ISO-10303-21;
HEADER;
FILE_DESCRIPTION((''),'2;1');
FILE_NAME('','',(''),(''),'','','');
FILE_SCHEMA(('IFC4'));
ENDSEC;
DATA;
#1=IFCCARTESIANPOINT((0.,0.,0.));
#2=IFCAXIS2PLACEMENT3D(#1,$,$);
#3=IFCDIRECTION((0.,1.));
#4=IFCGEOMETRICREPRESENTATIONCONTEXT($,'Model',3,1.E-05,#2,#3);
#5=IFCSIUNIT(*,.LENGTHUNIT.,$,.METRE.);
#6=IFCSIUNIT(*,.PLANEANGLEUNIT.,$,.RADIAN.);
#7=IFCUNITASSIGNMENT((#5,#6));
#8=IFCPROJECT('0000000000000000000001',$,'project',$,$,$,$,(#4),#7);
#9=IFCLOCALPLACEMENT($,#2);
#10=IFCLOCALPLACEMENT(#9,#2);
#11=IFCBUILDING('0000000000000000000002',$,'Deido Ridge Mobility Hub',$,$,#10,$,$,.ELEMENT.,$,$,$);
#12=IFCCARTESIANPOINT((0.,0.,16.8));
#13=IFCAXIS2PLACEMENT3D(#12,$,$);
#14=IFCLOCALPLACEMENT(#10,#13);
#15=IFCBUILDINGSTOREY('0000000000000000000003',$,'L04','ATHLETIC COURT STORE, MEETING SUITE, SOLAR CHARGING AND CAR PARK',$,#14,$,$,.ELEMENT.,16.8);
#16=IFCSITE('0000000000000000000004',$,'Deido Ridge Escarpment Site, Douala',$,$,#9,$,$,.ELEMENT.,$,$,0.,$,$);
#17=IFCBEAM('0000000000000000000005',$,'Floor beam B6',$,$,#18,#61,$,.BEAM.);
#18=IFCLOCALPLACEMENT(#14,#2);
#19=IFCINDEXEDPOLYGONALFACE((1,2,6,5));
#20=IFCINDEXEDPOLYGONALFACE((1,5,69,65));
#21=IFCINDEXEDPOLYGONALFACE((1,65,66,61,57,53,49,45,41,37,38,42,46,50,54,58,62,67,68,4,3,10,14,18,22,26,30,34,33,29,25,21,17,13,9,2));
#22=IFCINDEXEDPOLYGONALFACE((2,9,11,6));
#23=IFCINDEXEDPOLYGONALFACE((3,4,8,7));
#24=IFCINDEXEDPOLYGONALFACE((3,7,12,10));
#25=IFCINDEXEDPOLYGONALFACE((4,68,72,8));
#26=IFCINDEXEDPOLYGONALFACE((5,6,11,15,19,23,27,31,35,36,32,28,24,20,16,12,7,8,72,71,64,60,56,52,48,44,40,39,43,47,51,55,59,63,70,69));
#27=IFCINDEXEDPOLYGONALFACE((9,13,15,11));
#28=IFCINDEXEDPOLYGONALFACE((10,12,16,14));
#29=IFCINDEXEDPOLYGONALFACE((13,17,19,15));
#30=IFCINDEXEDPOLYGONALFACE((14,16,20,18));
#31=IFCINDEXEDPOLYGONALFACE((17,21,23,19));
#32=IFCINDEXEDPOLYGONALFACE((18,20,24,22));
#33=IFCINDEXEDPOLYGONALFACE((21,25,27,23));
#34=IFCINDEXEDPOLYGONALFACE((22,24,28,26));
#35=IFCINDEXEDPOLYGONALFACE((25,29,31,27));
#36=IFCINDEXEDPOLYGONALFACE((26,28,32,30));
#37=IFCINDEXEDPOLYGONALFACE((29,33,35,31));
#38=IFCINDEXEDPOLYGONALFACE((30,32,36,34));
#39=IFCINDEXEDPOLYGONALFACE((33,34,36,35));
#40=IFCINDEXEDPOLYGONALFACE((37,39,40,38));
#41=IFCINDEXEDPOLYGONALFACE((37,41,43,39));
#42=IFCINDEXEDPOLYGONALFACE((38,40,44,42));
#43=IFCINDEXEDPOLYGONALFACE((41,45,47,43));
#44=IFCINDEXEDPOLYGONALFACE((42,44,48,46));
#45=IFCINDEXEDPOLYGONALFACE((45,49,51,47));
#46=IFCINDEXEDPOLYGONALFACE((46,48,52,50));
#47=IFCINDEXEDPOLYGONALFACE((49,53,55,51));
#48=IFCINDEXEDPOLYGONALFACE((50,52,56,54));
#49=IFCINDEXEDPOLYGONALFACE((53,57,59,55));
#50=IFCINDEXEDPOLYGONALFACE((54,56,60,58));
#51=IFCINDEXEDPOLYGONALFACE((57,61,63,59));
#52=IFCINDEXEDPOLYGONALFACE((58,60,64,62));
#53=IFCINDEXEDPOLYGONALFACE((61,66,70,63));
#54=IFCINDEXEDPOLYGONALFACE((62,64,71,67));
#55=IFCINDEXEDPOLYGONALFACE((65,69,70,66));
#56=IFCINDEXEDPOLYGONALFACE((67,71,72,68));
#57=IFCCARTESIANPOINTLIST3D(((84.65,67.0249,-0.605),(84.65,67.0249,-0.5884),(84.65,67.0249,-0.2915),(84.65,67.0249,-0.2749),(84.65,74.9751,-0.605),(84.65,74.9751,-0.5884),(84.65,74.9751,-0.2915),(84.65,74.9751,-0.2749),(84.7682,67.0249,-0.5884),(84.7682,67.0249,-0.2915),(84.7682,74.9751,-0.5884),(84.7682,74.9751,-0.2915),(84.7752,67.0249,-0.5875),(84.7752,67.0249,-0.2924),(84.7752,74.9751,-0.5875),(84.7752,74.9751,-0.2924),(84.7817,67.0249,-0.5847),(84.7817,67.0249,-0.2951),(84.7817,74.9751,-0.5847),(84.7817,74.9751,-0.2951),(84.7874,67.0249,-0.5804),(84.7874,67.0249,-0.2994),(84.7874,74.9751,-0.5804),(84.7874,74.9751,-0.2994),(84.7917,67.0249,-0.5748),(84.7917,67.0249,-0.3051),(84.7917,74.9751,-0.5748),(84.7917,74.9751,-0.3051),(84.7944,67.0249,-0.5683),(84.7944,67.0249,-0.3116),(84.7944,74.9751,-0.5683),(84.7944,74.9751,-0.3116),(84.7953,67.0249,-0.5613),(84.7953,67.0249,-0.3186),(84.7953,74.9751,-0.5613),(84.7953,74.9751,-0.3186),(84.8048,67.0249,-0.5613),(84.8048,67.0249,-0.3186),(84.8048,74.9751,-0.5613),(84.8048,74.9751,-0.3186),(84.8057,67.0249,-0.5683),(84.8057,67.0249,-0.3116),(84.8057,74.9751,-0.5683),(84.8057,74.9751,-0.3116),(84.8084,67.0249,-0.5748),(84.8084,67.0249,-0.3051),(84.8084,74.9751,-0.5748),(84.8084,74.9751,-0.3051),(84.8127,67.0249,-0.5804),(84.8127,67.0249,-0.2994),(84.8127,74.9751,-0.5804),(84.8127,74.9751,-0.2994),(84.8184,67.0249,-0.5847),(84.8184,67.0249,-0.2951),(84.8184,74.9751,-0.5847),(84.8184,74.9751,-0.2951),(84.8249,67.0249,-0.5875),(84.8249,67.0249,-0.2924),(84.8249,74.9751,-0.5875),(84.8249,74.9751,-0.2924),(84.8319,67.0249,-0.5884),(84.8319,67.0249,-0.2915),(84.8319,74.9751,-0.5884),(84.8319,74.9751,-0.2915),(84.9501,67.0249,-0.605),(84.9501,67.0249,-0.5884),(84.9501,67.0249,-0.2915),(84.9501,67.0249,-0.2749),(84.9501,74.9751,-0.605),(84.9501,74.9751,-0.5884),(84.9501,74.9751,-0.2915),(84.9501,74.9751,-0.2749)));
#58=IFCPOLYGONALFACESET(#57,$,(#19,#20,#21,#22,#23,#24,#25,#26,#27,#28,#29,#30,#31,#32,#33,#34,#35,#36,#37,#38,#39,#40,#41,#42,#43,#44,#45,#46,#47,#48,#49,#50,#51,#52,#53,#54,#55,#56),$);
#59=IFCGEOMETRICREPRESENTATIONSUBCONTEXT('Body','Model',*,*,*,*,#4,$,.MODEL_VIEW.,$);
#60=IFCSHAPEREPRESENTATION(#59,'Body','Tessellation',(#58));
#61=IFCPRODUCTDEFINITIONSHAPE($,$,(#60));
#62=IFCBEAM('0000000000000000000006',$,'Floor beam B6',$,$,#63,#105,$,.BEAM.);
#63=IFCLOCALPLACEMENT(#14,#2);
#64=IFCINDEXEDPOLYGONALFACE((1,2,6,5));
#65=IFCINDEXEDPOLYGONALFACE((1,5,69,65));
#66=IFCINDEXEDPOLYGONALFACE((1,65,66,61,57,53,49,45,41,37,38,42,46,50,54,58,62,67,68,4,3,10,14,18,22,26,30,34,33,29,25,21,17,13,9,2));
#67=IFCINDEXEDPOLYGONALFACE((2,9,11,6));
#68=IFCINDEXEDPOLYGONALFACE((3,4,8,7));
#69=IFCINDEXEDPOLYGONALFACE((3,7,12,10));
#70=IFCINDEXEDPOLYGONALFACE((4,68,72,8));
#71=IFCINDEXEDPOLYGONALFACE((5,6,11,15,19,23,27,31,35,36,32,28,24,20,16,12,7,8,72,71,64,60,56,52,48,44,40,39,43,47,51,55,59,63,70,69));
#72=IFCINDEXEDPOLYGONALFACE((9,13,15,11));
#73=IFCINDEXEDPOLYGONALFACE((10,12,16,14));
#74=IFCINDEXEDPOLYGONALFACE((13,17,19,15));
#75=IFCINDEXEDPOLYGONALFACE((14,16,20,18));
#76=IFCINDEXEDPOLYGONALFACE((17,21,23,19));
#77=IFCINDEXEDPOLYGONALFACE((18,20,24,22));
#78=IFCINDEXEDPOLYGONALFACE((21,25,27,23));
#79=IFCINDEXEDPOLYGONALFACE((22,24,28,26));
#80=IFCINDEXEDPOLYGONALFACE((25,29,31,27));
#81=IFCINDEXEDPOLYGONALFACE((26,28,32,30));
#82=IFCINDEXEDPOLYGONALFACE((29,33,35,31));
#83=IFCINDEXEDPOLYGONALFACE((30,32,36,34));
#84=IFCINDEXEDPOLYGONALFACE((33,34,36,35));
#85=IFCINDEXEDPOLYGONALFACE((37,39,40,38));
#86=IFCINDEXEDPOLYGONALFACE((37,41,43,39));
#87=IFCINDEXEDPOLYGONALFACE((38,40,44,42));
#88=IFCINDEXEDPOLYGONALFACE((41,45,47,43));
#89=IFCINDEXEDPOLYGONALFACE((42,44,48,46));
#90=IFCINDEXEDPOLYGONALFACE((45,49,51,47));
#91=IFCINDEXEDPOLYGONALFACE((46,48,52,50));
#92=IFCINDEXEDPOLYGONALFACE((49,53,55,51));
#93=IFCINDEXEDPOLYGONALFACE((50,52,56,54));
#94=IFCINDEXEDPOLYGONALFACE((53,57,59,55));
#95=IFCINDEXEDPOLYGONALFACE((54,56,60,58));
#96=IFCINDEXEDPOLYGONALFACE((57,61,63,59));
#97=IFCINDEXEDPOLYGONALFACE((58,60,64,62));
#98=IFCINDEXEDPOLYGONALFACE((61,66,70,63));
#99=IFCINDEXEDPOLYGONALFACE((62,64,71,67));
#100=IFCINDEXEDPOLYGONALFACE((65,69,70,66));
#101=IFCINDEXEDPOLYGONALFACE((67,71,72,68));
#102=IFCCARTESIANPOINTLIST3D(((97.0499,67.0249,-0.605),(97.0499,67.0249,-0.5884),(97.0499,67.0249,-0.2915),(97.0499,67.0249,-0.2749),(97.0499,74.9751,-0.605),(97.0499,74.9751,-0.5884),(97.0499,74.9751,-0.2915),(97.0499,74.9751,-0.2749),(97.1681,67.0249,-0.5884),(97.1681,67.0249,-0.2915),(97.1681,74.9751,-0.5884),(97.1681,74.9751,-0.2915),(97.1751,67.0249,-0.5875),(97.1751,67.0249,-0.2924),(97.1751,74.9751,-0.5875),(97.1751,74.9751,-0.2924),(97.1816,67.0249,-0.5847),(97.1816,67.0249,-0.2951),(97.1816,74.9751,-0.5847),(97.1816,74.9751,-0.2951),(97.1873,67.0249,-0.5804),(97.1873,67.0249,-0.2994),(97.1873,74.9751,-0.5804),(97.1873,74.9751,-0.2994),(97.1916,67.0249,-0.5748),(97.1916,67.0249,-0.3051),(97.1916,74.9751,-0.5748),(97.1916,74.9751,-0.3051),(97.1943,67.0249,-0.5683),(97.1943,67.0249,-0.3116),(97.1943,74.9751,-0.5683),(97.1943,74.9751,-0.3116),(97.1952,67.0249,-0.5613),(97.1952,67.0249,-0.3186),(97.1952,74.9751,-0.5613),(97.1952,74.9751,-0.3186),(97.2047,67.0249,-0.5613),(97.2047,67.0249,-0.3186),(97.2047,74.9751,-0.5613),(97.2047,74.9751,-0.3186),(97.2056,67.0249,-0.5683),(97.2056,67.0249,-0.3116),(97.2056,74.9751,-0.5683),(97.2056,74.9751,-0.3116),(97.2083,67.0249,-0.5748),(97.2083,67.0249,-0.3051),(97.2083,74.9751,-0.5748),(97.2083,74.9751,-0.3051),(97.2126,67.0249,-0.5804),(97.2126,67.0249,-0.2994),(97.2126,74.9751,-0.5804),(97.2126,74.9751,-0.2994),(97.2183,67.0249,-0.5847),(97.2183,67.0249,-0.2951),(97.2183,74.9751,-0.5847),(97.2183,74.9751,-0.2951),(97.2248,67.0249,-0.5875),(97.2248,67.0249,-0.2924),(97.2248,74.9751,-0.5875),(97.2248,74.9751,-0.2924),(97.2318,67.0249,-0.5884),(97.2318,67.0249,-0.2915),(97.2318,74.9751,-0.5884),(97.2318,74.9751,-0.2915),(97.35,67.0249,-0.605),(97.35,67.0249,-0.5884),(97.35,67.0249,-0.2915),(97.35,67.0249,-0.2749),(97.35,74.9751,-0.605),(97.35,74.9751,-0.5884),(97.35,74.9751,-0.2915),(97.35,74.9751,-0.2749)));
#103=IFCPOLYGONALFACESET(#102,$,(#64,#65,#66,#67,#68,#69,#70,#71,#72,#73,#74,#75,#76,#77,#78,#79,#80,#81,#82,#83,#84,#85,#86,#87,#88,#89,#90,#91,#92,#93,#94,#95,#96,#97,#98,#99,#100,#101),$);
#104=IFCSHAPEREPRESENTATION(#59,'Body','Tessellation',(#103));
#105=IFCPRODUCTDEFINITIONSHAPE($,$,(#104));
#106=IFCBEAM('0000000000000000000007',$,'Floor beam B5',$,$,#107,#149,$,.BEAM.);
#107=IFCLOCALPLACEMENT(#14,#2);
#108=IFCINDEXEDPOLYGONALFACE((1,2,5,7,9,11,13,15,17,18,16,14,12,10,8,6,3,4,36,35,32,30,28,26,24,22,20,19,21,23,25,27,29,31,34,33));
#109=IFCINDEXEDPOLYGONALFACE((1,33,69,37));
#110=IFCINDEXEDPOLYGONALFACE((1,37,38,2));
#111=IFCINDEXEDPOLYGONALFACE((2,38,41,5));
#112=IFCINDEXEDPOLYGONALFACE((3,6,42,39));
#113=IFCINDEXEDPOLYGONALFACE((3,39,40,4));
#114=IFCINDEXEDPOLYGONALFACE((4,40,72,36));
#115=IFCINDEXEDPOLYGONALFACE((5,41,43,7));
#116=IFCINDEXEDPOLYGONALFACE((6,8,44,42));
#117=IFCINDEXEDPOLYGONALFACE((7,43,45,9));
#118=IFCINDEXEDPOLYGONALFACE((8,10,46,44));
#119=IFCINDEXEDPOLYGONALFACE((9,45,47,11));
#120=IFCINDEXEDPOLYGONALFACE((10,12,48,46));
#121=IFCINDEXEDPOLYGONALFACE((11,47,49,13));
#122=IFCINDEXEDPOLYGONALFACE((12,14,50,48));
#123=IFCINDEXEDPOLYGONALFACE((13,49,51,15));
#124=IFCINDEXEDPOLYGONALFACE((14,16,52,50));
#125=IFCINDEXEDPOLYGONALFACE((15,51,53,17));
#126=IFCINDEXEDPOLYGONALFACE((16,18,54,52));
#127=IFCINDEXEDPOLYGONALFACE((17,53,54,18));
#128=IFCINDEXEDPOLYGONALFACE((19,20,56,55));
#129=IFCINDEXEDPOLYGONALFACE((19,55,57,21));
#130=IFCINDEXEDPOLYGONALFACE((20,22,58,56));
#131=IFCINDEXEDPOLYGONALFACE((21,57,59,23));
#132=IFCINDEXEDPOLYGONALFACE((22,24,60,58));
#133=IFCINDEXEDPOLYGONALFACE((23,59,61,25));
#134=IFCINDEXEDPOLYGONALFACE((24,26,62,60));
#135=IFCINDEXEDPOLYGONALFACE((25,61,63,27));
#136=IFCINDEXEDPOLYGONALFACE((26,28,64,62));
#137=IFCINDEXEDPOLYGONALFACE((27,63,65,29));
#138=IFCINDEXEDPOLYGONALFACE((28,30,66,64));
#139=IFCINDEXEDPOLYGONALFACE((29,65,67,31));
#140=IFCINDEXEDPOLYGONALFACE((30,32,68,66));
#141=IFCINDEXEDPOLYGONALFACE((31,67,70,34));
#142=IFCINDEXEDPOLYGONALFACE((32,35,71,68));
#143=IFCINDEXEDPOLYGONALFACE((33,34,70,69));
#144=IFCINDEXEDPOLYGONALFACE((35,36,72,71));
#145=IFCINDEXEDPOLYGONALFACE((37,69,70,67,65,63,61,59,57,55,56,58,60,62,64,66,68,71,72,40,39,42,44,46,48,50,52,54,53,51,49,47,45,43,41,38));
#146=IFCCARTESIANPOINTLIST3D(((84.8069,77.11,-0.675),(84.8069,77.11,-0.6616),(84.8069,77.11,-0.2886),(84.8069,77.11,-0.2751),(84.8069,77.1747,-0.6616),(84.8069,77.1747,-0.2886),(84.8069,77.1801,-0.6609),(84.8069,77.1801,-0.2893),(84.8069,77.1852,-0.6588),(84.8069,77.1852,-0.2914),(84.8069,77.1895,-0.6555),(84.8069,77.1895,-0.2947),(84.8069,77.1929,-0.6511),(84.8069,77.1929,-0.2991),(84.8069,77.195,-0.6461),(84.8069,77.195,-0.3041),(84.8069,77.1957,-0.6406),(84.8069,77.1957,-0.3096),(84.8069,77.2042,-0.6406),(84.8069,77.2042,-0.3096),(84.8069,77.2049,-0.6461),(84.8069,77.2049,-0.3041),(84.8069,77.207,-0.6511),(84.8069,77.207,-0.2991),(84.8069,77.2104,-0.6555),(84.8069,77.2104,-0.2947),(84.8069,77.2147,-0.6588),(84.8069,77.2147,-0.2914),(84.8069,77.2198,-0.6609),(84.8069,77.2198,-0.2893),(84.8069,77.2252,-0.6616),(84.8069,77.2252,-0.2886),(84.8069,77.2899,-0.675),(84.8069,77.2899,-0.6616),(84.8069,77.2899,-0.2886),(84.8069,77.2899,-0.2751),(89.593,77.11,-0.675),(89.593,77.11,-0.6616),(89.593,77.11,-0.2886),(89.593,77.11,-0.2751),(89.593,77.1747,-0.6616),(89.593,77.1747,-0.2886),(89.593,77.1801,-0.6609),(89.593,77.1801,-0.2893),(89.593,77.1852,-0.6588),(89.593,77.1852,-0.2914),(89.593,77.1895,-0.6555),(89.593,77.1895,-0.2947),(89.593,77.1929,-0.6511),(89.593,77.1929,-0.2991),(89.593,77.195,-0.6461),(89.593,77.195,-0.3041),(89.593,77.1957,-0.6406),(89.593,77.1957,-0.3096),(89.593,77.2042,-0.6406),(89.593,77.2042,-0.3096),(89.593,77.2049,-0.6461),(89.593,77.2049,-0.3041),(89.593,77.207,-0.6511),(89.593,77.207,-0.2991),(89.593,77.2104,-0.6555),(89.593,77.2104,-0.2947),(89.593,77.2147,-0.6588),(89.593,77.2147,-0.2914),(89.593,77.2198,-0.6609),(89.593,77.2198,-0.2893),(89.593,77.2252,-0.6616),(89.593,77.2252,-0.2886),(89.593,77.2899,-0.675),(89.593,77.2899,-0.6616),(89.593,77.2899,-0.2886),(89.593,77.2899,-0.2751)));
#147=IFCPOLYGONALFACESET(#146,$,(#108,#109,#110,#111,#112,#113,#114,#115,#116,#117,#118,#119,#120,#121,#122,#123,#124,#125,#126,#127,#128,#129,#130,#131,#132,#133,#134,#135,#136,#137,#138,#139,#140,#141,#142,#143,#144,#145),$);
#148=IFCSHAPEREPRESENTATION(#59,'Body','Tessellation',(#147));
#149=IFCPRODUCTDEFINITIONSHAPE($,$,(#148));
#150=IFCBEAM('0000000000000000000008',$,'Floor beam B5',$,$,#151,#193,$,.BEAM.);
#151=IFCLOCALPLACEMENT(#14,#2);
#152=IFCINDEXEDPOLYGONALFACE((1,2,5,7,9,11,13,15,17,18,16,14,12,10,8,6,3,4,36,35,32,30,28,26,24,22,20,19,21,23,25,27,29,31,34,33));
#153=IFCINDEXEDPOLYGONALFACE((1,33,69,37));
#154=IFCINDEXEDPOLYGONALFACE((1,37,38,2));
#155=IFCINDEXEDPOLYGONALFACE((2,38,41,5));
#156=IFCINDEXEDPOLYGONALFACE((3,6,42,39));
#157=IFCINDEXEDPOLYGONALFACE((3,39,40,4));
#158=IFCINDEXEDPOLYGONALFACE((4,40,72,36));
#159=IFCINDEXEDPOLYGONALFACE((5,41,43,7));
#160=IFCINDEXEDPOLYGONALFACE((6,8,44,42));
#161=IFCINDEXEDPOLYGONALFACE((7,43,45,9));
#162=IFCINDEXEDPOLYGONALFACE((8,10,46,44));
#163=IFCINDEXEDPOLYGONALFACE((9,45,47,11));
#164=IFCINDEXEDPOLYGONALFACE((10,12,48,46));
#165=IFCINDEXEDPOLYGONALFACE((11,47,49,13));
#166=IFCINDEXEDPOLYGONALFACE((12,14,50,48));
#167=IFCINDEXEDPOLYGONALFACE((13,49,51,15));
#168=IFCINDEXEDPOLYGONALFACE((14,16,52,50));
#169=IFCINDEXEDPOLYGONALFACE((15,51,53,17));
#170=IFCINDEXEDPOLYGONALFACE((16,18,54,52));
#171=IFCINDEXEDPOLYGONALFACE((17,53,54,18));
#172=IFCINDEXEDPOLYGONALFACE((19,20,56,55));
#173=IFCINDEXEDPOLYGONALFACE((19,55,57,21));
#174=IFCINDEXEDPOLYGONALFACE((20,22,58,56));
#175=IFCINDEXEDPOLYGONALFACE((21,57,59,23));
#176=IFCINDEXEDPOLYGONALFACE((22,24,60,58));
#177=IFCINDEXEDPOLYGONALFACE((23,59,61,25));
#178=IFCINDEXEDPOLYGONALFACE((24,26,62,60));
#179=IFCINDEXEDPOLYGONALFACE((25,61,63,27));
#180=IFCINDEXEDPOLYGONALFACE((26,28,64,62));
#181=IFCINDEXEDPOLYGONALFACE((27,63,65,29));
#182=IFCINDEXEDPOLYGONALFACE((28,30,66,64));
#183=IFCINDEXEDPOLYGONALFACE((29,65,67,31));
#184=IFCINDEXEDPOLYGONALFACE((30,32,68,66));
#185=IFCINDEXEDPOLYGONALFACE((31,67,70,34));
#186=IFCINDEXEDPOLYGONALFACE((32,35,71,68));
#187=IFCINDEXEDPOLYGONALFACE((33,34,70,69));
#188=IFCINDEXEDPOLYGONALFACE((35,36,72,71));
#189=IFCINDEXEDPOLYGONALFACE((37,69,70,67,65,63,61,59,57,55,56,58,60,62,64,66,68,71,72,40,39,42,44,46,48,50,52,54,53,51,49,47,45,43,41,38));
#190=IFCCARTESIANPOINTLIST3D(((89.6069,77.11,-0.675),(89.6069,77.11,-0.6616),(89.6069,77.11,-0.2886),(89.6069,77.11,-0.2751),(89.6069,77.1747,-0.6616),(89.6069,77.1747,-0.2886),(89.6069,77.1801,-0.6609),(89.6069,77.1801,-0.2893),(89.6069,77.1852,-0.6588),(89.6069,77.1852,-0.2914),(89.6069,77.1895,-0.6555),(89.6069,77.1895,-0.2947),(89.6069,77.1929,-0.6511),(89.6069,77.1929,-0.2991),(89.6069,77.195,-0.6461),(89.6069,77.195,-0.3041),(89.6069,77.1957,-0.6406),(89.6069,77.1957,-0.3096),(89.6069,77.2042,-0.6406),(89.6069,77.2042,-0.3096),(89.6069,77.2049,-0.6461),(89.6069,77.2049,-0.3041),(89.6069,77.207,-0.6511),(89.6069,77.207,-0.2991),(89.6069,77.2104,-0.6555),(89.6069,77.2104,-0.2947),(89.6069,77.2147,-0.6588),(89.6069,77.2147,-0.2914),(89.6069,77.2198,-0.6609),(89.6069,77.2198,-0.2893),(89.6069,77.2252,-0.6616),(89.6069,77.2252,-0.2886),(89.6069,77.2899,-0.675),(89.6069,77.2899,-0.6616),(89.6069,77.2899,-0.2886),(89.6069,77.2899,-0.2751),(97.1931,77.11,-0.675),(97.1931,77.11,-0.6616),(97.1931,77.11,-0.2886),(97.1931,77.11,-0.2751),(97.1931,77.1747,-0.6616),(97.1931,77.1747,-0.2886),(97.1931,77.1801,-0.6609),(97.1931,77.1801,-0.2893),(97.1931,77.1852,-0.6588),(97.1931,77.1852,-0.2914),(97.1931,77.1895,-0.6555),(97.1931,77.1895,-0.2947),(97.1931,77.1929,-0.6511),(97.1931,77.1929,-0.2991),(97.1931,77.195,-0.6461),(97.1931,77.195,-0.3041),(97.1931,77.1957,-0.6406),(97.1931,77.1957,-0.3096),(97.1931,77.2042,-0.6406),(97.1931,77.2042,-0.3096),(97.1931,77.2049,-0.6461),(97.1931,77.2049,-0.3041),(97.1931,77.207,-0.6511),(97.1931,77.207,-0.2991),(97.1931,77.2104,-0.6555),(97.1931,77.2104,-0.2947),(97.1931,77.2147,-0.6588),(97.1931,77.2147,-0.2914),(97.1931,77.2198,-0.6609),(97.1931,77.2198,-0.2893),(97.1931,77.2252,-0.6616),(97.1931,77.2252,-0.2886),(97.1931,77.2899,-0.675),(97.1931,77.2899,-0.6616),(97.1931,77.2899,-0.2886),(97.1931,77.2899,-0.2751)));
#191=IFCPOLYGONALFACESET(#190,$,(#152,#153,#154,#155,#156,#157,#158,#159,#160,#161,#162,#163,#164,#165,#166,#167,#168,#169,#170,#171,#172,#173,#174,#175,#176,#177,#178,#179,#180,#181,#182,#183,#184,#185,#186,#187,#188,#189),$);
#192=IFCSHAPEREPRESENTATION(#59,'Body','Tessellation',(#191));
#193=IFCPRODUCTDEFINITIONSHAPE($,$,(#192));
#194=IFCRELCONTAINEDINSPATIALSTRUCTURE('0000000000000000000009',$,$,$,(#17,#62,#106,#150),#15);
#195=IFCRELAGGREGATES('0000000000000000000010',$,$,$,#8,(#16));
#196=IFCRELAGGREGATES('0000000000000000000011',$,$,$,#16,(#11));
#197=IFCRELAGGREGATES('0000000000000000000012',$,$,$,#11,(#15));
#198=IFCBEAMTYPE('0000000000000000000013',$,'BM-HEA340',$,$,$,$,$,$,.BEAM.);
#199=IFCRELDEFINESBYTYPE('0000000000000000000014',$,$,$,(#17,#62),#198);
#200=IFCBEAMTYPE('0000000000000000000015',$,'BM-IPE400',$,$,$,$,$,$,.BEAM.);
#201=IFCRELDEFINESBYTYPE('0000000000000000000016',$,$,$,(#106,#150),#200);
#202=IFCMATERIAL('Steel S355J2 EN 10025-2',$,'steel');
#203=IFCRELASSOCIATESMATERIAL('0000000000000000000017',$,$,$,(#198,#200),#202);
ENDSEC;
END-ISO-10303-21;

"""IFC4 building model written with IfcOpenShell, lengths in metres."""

from ifc_helpers import new_model, si_unit, direction, frame, origin, origin_2d, place, context, subcontext, project, spatial, i_section, extrude, material, material_profile, profile_set, type_object, element, save


model = new_model("IFC4")

# Units and contexts
model_context = context("Model", 3, precision=1e-05, world=origin(), true_north=direction((0.0, 1.0)))
body_context = subcontext(model_context, "Body", "Model", "MODEL_VIEW")
ifc_project = project(units=[si_unit("LENGTHUNIT", "METRE"), si_unit("PLANEANGLEUNIT", "RADIAN")], contexts=[model_context])

# Site, building, storey
site_placement = place(None, origin())
site = spatial("IfcSite", under=ifc_project, at=site_placement, Name="Deido Ridge Escarpment Site, Douala", CompositionType="ELEMENT", RefElevation=0.0)
building_placement = place(site_placement, origin())
building = spatial("IfcBuilding", under=site, at=building_placement, Name="Deido Ridge Mobility Hub", CompositionType="ELEMENT")
storey_placement = place(building_placement, frame((0.0, 0.0, 16.8)))
storey = spatial("IfcBuildingStorey", under=building, at=storey_placement, Name="L04", Description="ATHLETIC COURT STORE, MEETING SUITE, SOLAR CHARGING AND CAR PARK", CompositionType="ELEMENT", Elevation=16.8)

# Shared definitions
ifc_material_1 = material(Name="Steel S355J2 EN 10025-2", Category="steel")

# Beams
ifc_material_profile_1 = material_profile(ifc_material_1, i_section(OverallWidth=0.3, OverallDepth=0.3301, WebThickness=0.0095, FlangeThickness=0.0166, FilletRadius=0.0271, at=origin_2d()), Name="HEA 340")
ifc_profile_set_1 = profile_set([ifc_material_profile_1], Name="Steel S355J2 EN 10025-2")
beam_type_1 = type_object("IfcBeamType", Name="BM-HEA340", PredefinedType="BEAM", material=ifc_profile_set_1)
for number, where, z_axis, x_axis, name in (
    (1, (84.8, 67.0249, -0.4399), (0.0, 1.0, 0.0), (-1.0, 0.0, 0.0), "Floor beam B6"),
    (2, (97.2, 67.0249, -0.4399), (0.0, 1.0, 0.0), (-1.0, 0.0, 0.0), "Floor beam B6"),
):
    element("IfcBeam", number, at=place(storey_placement, frame(where, z_axis=z_axis, x_axis=x_axis)), inside=storey, type_object=beam_type_1, Name=name, PredefinedType="BEAM", context=body_context, shape_type="SweptSolid", body=[
        extrude(i_section(OverallWidth=0.3, OverallDepth=0.3301, WebThickness=0.0095, FlangeThickness=0.0166, FilletRadius=0.0271, at=origin_2d()), origin(), (0.0, 0.0, 1.0), 7.9502),
    ])
ifc_material_profile_2 = material_profile(ifc_material_1, i_section(OverallWidth=0.1799, OverallDepth=0.3999, WebThickness=0.0085, FlangeThickness=0.0134, FilletRadius=0.021, at=origin_2d()), Name="IPE 400")
ifc_profile_set_2 = profile_set([ifc_material_profile_2], Name="Steel S355J2 EN 10025-2")
beam_type_2 = type_object("IfcBeamType", Name="BM-IPE400", PredefinedType="BEAM", material=ifc_profile_set_2)
beam_1_placement = place(storey_placement, frame((84.8069, 77.2, -0.4751), z_axis=(1.0, 0.0, 0.0), x_axis=(0.0, 1.0, 0.0)))
element("IfcBeam", 3, at=beam_1_placement, inside=storey, type_object=beam_type_2, Name="Floor beam B5", PredefinedType="BEAM", context=body_context, shape_type="SweptSolid", body=[
    extrude(i_section(OverallWidth=0.1799, OverallDepth=0.3999, WebThickness=0.0085, FlangeThickness=0.0134, FilletRadius=0.021, at=origin_2d()), origin(), (0.0, 0.0, 1.0), 4.7861),
])
beam_2_placement = place(storey_placement, frame((89.6069, 77.2, -0.4751), z_axis=(1.0, 0.0, 0.0), x_axis=(0.0, 1.0, 0.0)))
element("IfcBeam", 4, at=beam_2_placement, inside=storey, type_object=beam_type_2, Name="Floor beam B5", PredefinedType="BEAM", context=body_context, shape_type="SweptSolid", body=[
    extrude(i_section(OverallWidth=0.1799, OverallDepth=0.3999, WebThickness=0.0085, FlangeThickness=0.0134, FilletRadius=0.021, at=origin_2d()), origin(), (0.0, 0.0, 1.0), 7.5862),
])

save(model, "model.ifc")
